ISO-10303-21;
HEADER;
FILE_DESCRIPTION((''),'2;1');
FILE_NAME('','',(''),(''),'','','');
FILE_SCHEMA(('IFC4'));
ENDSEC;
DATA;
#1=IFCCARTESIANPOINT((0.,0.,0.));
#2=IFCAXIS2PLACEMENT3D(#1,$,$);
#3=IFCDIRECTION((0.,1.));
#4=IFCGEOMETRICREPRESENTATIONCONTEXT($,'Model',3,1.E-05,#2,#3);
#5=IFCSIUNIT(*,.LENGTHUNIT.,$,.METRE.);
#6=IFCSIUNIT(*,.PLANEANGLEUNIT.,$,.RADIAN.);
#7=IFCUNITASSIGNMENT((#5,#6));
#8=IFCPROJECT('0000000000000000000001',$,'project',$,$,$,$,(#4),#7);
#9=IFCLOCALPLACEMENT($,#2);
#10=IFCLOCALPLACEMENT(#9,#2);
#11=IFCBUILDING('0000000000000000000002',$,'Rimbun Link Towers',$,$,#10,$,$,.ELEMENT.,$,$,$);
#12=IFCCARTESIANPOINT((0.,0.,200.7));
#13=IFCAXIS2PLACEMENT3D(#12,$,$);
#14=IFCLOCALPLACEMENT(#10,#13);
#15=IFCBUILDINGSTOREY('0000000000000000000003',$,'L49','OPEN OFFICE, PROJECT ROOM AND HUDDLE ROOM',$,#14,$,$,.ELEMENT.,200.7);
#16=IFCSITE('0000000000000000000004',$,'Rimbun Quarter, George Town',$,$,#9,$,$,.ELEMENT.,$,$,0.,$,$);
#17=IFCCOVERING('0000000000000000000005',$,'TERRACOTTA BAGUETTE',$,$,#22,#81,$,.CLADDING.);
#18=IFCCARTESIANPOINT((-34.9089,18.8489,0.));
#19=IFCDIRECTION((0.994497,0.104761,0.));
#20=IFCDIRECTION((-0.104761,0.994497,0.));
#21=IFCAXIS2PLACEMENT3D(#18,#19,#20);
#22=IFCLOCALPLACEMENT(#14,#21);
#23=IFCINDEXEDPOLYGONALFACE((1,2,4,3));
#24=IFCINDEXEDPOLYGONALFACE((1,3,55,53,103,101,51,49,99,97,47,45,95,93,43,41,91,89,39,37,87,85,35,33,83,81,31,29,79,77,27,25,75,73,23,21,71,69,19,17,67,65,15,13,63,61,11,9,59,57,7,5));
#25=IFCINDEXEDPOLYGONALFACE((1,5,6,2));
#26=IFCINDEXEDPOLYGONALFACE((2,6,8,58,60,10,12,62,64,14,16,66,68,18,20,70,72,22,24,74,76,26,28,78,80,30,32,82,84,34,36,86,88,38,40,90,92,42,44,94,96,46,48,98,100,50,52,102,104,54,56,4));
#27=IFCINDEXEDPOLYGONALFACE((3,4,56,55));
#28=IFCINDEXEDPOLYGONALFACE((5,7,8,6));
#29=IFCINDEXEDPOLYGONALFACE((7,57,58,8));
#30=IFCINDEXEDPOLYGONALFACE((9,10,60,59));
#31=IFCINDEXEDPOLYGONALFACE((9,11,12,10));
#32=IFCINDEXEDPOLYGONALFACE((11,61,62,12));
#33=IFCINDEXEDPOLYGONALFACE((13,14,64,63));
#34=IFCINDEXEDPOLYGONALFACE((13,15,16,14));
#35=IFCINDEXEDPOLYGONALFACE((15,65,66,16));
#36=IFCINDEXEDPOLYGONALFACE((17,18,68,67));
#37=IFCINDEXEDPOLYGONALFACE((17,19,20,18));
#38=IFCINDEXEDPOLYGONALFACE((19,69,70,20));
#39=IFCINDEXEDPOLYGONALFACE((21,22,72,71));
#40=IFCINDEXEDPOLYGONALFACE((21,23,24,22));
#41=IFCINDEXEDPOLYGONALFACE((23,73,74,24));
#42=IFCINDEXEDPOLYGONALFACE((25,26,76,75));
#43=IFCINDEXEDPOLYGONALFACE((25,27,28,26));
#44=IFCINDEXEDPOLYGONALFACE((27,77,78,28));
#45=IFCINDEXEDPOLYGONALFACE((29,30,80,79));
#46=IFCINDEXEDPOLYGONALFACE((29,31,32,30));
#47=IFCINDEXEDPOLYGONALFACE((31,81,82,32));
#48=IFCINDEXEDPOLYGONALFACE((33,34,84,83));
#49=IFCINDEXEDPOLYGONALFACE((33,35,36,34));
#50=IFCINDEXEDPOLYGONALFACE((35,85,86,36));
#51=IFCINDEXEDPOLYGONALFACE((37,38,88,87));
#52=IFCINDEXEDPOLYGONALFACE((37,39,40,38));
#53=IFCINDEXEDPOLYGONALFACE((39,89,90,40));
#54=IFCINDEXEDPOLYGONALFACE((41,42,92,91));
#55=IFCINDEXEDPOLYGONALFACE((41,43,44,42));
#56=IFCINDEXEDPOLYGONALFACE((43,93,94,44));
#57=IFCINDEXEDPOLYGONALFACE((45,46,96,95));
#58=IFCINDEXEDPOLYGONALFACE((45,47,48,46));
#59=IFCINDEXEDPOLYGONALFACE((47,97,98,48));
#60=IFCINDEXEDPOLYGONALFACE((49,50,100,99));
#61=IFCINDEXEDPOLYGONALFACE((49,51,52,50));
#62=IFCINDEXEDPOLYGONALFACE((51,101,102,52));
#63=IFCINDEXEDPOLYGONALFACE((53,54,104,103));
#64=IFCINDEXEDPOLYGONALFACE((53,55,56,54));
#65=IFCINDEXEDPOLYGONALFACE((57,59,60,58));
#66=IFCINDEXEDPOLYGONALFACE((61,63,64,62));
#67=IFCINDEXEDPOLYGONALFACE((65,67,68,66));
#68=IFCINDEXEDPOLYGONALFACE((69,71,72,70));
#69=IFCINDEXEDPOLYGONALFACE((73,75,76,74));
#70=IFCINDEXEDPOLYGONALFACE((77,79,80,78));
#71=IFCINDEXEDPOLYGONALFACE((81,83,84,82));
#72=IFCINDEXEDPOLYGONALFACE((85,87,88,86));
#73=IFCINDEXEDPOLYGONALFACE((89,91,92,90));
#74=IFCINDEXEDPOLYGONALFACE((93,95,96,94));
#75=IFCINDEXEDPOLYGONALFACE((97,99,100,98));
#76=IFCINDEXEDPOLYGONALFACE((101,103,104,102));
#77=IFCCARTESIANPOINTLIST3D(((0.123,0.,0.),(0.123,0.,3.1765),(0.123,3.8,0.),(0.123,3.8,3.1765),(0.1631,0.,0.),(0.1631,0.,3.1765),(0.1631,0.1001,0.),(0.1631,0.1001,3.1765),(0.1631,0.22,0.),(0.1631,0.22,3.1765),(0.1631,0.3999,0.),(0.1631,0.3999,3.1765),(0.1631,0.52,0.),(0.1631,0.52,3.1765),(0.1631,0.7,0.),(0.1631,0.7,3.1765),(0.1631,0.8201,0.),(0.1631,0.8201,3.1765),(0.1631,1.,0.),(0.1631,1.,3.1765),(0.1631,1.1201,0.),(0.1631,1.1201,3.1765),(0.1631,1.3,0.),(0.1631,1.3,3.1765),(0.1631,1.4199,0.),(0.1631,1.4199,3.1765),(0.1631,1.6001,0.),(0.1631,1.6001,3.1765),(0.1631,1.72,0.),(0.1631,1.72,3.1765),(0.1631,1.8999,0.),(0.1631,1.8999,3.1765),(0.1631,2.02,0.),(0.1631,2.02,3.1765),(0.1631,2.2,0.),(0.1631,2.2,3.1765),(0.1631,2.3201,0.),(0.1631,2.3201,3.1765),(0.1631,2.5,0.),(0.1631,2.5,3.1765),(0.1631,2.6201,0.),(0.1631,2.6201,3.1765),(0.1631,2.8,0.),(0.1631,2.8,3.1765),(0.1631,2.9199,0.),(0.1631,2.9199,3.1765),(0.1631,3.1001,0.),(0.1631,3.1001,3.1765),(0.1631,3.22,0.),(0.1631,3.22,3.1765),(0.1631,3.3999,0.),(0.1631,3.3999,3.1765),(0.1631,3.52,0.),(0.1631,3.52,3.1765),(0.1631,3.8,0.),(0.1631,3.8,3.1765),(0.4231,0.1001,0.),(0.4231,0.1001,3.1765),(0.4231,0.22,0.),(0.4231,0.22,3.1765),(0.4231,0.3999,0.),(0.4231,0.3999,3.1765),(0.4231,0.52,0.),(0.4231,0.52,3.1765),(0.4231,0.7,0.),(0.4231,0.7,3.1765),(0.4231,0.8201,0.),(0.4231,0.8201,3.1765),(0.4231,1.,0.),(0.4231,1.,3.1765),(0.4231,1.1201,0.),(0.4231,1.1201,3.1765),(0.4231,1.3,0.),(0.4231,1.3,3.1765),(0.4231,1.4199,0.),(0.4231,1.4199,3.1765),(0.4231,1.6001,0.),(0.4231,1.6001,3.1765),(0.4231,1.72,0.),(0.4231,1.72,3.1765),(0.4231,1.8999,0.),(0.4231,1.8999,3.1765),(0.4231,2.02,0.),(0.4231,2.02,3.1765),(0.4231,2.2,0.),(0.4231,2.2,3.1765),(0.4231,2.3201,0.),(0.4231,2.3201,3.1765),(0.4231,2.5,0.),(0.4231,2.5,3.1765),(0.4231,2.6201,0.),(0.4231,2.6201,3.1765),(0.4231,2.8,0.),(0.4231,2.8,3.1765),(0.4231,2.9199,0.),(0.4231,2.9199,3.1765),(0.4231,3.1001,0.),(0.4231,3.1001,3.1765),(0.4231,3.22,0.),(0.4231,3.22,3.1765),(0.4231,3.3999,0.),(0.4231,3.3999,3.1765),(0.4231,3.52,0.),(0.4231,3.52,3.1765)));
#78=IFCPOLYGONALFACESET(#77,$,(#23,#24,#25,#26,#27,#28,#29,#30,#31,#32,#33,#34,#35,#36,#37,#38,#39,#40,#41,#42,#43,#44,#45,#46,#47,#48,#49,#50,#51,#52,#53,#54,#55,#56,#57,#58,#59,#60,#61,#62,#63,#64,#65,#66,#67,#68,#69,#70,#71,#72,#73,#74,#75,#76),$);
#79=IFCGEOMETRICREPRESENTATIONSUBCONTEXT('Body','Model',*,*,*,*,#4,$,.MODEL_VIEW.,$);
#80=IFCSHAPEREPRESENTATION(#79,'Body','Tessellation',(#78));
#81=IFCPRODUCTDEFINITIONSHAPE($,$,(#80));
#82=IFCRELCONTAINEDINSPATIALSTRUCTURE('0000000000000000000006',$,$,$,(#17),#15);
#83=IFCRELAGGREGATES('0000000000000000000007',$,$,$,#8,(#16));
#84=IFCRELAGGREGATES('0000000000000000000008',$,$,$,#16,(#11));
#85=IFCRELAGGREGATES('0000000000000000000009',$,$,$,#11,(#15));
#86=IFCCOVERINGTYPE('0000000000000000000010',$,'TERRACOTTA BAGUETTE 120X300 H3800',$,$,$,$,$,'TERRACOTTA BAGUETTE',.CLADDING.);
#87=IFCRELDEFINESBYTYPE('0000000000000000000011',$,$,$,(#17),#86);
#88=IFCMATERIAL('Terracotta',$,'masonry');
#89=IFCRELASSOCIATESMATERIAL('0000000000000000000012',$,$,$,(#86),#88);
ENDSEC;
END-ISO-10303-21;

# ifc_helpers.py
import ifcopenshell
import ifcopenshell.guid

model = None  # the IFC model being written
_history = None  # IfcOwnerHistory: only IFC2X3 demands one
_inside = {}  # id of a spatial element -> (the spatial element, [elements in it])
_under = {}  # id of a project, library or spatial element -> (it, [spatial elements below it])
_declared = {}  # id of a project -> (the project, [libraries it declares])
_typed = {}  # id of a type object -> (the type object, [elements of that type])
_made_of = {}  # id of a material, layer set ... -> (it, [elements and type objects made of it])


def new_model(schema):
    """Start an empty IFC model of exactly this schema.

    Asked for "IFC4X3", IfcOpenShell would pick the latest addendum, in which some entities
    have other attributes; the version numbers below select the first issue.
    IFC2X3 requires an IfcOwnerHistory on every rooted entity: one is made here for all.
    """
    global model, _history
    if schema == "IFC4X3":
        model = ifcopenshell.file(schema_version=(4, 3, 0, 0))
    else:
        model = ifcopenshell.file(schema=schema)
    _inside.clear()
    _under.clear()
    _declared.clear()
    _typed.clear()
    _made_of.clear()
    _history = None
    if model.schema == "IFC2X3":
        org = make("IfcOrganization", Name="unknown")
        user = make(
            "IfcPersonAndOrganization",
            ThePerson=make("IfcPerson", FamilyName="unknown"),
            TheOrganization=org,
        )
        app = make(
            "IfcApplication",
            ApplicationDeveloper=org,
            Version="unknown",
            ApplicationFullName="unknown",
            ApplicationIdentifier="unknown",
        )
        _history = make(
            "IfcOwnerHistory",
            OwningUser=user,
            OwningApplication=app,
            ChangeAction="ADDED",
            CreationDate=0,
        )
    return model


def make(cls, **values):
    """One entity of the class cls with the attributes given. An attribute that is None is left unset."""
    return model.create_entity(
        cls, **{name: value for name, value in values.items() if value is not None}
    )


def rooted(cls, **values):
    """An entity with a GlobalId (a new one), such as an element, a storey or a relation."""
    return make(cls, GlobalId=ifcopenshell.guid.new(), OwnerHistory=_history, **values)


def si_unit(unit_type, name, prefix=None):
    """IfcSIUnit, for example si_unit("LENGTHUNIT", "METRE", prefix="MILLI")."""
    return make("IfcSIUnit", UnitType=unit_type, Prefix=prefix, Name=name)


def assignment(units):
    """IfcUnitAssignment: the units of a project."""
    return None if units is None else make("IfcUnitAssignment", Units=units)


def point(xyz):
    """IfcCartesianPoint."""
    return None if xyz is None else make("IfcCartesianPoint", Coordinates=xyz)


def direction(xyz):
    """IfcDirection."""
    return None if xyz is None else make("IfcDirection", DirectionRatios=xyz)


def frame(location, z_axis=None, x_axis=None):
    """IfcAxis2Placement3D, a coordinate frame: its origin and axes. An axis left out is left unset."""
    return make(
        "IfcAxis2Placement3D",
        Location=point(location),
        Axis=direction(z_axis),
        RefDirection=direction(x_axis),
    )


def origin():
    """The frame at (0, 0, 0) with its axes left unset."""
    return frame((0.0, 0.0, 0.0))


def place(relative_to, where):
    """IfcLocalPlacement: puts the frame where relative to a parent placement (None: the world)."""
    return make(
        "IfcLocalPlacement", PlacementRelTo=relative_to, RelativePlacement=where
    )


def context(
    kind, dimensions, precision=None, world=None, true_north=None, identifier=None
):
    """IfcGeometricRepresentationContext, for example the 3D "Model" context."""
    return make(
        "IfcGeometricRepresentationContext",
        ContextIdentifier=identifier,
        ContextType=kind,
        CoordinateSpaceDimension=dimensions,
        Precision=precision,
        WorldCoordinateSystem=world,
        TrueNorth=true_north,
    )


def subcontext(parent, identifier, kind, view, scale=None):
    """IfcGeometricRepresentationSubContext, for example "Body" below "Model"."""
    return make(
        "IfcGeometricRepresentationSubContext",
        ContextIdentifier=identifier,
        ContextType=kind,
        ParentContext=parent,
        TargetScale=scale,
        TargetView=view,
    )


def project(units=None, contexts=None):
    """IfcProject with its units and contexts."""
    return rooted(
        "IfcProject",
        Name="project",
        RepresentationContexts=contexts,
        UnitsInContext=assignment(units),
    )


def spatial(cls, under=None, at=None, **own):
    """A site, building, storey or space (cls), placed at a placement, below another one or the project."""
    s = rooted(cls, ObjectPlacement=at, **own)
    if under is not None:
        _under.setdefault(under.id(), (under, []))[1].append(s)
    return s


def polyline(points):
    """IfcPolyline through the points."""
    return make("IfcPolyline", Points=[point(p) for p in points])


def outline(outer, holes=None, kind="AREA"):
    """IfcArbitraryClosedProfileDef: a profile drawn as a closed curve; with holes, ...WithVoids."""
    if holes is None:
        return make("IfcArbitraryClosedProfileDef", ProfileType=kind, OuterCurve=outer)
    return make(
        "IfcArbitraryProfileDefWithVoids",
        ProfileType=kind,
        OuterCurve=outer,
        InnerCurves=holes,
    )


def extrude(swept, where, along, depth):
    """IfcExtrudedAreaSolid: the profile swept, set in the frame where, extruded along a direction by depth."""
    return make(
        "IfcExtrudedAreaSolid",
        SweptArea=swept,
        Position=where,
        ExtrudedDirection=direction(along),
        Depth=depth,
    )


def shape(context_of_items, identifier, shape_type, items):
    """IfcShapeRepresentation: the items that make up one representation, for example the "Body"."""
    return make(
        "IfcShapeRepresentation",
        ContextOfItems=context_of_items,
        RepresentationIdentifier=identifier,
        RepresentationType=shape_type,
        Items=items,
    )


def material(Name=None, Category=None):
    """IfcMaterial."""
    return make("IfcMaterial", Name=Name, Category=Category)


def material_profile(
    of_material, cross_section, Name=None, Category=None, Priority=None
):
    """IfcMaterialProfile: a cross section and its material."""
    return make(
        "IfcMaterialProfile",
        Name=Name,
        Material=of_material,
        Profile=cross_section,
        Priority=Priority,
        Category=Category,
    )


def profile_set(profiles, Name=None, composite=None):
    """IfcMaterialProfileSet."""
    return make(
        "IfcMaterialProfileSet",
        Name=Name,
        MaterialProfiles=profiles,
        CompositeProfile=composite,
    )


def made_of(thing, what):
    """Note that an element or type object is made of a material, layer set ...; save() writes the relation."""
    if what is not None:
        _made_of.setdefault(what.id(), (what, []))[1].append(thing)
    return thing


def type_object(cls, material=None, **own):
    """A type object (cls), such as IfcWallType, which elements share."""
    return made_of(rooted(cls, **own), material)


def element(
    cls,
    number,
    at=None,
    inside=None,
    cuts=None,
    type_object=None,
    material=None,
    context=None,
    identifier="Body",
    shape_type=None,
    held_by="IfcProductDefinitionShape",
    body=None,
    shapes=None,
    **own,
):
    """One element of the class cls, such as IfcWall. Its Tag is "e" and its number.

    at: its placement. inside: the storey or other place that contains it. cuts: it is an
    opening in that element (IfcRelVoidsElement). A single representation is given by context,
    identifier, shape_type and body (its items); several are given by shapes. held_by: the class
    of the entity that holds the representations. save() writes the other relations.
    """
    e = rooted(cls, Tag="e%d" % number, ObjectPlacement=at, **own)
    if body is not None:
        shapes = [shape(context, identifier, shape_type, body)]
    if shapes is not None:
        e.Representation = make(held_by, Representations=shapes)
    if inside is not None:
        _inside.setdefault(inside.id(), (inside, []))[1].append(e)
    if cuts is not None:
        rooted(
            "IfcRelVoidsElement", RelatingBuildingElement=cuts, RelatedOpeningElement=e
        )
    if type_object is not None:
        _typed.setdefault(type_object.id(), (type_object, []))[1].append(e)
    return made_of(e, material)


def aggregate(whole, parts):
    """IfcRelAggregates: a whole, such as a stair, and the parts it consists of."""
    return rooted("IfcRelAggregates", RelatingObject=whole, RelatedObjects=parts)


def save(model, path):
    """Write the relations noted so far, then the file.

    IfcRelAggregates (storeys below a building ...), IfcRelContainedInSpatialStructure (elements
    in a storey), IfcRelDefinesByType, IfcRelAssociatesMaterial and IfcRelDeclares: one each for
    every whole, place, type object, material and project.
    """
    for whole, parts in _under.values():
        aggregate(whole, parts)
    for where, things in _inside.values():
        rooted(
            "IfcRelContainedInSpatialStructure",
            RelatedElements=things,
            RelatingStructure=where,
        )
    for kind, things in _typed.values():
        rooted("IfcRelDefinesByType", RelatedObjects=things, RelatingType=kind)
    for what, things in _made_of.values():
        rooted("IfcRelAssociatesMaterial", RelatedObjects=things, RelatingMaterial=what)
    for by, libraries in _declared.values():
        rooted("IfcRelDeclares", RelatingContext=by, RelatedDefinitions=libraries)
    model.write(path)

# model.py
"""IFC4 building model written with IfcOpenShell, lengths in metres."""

from ifc_helpers import new_model, si_unit, direction, frame, origin, place, context, subcontext, project, spatial, polyline, outline, extrude, material, material_profile, profile_set, type_object, element, save


model = new_model("IFC4")

# Units and contexts
model_context = context("Model", 3, precision=1e-05, world=origin(), true_north=direction((0.0, 1.0)))
body_context = subcontext(model_context, "Body", "Model", "MODEL_VIEW")
ifc_project = project(units=[si_unit("LENGTHUNIT", "METRE"), si_unit("PLANEANGLEUNIT", "RADIAN")], contexts=[model_context])

# Site, building, storey
site_placement = place(None, origin())
site = spatial("IfcSite", under=ifc_project, at=site_placement, Name="Rimbun Quarter, George Town", CompositionType="ELEMENT", RefElevation=0.0)
building_placement = place(site_placement, origin())
building = spatial("IfcBuilding", under=site, at=building_placement, Name="Rimbun Link Towers", CompositionType="ELEMENT")
storey_placement = place(building_placement, frame((0.0, 0.0, 200.7)))
storey = spatial("IfcBuildingStorey", under=building, at=storey_placement, Name="L49", Description="OPEN OFFICE, PROJECT ROOM AND HUDDLE ROOM", CompositionType="ELEMENT", Elevation=200.7)

# Covering
ifc_material_1 = material(Name="Terracotta", Category="masonry")
ifc_material_profile_1 = material_profile(ifc_material_1, outline(polyline([(0.123, 0.0), (0.1631, 0.0), (0.1631, 0.1001), (0.4231, 0.1001), (0.4231, 0.22), (0.1631, 0.22), (0.1631, 0.3999), (0.4231, 0.3999), (0.4231, 0.52), (0.1631, 0.52), (0.1631, 0.7), (0.4231, 0.7), (0.4231, 0.8201), (0.1631, 0.8201), (0.1631, 1.0), (0.4231, 1.0), (0.4231, 1.1201), (0.1631, 1.1201), (0.1631, 1.3), (0.4231, 1.3), (0.4231, 1.4199), (0.1631, 1.4199), (0.1631, 1.6001), (0.4231, 1.6001), (0.4231, 1.72), (0.1631, 1.72), (0.1631, 1.8999), (0.4231, 1.8999), (0.4231, 2.02), (0.1631, 2.02), (0.1631, 2.2), (0.4231, 2.2), (0.4231, 2.3201), (0.1631, 2.3201), (0.1631, 2.5), (0.4231, 2.5), (0.4231, 2.6201), (0.1631, 2.6201), (0.1631, 2.8), (0.4231, 2.8), (0.4231, 2.9199), (0.1631, 2.9199), (0.1631, 3.1001), (0.4231, 3.1001), (0.4231, 3.22), (0.1631, 3.22), (0.1631, 3.3999), (0.4231, 3.3999), (0.4231, 3.52), (0.1631, 3.52), (0.1631, 3.8), (0.123, 3.8), (0.123, 0.0)])), Name="BAGUETTE 120X300")
ifc_profile_set_1 = profile_set([ifc_material_profile_1], Name="Terracotta")
covering_type = type_object("IfcCoveringType", Name="TERRACOTTA BAGUETTE 120X300 H3800", ElementType="TERRACOTTA BAGUETTE", PredefinedType="CLADDING", material=ifc_profile_set_1)
for number, where, z_axis, x_axis, name in (
    (1, (-34.9089, 18.8489, 0.0), (0.994497, 0.104761, 0.0), (-0.104761, 0.994497, 0.0), "TERRACOTTA BAGUETTE"),
):
    element("IfcCovering", number, at=place(storey_placement, frame(where, z_axis=z_axis, x_axis=x_axis)), inside=storey, type_object=covering_type, Name=name, PredefinedType="CLADDING", context=body_context, shape_type="SweptSolid", body=[
        extrude(outline(polyline([(0.123, 0.0), (0.1631, 0.0), (0.1631, 0.1001), (0.4231, 0.1001), (0.4231, 0.22), (0.1631, 0.22), (0.1631, 0.3999), (0.4231, 0.3999), (0.4231, 0.52), (0.1631, 0.52), (0.1631, 0.7), (0.4231, 0.7), (0.4231, 0.8201), (0.1631, 0.8201), (0.1631, 1.0), (0.4231, 1.0), (0.4231, 1.1201), (0.1631, 1.1201), (0.1631, 1.3), (0.4231, 1.3), (0.4231, 1.4199), (0.1631, 1.4199), (0.1631, 1.6001), (0.4231, 1.6001), (0.4231, 1.72), (0.1631, 1.72), (0.1631, 1.8999), (0.4231, 1.8999), (0.4231, 2.02), (0.1631, 2.02), (0.1631, 2.2), (0.4231, 2.2), (0.4231, 2.3201), (0.1631, 2.3201), (0.1631, 2.5), (0.4231, 2.5), (0.4231, 2.6201), (0.1631, 2.6201), (0.1631, 2.8), (0.4231, 2.8), (0.4231, 2.9199), (0.1631, 2.9199), (0.1631, 3.1001), (0.4231, 3.1001), (0.4231, 3.22), (0.1631, 3.22), (0.1631, 3.3999), (0.4231, 3.3999), (0.4231, 3.52), (0.1631, 3.52), (0.1631, 3.8), (0.123, 3.8), (0.123, 0.0)])), origin(), (0.0, 0.0, 1.0), 3.1765),
    ])

save(model, "model.ifc")
